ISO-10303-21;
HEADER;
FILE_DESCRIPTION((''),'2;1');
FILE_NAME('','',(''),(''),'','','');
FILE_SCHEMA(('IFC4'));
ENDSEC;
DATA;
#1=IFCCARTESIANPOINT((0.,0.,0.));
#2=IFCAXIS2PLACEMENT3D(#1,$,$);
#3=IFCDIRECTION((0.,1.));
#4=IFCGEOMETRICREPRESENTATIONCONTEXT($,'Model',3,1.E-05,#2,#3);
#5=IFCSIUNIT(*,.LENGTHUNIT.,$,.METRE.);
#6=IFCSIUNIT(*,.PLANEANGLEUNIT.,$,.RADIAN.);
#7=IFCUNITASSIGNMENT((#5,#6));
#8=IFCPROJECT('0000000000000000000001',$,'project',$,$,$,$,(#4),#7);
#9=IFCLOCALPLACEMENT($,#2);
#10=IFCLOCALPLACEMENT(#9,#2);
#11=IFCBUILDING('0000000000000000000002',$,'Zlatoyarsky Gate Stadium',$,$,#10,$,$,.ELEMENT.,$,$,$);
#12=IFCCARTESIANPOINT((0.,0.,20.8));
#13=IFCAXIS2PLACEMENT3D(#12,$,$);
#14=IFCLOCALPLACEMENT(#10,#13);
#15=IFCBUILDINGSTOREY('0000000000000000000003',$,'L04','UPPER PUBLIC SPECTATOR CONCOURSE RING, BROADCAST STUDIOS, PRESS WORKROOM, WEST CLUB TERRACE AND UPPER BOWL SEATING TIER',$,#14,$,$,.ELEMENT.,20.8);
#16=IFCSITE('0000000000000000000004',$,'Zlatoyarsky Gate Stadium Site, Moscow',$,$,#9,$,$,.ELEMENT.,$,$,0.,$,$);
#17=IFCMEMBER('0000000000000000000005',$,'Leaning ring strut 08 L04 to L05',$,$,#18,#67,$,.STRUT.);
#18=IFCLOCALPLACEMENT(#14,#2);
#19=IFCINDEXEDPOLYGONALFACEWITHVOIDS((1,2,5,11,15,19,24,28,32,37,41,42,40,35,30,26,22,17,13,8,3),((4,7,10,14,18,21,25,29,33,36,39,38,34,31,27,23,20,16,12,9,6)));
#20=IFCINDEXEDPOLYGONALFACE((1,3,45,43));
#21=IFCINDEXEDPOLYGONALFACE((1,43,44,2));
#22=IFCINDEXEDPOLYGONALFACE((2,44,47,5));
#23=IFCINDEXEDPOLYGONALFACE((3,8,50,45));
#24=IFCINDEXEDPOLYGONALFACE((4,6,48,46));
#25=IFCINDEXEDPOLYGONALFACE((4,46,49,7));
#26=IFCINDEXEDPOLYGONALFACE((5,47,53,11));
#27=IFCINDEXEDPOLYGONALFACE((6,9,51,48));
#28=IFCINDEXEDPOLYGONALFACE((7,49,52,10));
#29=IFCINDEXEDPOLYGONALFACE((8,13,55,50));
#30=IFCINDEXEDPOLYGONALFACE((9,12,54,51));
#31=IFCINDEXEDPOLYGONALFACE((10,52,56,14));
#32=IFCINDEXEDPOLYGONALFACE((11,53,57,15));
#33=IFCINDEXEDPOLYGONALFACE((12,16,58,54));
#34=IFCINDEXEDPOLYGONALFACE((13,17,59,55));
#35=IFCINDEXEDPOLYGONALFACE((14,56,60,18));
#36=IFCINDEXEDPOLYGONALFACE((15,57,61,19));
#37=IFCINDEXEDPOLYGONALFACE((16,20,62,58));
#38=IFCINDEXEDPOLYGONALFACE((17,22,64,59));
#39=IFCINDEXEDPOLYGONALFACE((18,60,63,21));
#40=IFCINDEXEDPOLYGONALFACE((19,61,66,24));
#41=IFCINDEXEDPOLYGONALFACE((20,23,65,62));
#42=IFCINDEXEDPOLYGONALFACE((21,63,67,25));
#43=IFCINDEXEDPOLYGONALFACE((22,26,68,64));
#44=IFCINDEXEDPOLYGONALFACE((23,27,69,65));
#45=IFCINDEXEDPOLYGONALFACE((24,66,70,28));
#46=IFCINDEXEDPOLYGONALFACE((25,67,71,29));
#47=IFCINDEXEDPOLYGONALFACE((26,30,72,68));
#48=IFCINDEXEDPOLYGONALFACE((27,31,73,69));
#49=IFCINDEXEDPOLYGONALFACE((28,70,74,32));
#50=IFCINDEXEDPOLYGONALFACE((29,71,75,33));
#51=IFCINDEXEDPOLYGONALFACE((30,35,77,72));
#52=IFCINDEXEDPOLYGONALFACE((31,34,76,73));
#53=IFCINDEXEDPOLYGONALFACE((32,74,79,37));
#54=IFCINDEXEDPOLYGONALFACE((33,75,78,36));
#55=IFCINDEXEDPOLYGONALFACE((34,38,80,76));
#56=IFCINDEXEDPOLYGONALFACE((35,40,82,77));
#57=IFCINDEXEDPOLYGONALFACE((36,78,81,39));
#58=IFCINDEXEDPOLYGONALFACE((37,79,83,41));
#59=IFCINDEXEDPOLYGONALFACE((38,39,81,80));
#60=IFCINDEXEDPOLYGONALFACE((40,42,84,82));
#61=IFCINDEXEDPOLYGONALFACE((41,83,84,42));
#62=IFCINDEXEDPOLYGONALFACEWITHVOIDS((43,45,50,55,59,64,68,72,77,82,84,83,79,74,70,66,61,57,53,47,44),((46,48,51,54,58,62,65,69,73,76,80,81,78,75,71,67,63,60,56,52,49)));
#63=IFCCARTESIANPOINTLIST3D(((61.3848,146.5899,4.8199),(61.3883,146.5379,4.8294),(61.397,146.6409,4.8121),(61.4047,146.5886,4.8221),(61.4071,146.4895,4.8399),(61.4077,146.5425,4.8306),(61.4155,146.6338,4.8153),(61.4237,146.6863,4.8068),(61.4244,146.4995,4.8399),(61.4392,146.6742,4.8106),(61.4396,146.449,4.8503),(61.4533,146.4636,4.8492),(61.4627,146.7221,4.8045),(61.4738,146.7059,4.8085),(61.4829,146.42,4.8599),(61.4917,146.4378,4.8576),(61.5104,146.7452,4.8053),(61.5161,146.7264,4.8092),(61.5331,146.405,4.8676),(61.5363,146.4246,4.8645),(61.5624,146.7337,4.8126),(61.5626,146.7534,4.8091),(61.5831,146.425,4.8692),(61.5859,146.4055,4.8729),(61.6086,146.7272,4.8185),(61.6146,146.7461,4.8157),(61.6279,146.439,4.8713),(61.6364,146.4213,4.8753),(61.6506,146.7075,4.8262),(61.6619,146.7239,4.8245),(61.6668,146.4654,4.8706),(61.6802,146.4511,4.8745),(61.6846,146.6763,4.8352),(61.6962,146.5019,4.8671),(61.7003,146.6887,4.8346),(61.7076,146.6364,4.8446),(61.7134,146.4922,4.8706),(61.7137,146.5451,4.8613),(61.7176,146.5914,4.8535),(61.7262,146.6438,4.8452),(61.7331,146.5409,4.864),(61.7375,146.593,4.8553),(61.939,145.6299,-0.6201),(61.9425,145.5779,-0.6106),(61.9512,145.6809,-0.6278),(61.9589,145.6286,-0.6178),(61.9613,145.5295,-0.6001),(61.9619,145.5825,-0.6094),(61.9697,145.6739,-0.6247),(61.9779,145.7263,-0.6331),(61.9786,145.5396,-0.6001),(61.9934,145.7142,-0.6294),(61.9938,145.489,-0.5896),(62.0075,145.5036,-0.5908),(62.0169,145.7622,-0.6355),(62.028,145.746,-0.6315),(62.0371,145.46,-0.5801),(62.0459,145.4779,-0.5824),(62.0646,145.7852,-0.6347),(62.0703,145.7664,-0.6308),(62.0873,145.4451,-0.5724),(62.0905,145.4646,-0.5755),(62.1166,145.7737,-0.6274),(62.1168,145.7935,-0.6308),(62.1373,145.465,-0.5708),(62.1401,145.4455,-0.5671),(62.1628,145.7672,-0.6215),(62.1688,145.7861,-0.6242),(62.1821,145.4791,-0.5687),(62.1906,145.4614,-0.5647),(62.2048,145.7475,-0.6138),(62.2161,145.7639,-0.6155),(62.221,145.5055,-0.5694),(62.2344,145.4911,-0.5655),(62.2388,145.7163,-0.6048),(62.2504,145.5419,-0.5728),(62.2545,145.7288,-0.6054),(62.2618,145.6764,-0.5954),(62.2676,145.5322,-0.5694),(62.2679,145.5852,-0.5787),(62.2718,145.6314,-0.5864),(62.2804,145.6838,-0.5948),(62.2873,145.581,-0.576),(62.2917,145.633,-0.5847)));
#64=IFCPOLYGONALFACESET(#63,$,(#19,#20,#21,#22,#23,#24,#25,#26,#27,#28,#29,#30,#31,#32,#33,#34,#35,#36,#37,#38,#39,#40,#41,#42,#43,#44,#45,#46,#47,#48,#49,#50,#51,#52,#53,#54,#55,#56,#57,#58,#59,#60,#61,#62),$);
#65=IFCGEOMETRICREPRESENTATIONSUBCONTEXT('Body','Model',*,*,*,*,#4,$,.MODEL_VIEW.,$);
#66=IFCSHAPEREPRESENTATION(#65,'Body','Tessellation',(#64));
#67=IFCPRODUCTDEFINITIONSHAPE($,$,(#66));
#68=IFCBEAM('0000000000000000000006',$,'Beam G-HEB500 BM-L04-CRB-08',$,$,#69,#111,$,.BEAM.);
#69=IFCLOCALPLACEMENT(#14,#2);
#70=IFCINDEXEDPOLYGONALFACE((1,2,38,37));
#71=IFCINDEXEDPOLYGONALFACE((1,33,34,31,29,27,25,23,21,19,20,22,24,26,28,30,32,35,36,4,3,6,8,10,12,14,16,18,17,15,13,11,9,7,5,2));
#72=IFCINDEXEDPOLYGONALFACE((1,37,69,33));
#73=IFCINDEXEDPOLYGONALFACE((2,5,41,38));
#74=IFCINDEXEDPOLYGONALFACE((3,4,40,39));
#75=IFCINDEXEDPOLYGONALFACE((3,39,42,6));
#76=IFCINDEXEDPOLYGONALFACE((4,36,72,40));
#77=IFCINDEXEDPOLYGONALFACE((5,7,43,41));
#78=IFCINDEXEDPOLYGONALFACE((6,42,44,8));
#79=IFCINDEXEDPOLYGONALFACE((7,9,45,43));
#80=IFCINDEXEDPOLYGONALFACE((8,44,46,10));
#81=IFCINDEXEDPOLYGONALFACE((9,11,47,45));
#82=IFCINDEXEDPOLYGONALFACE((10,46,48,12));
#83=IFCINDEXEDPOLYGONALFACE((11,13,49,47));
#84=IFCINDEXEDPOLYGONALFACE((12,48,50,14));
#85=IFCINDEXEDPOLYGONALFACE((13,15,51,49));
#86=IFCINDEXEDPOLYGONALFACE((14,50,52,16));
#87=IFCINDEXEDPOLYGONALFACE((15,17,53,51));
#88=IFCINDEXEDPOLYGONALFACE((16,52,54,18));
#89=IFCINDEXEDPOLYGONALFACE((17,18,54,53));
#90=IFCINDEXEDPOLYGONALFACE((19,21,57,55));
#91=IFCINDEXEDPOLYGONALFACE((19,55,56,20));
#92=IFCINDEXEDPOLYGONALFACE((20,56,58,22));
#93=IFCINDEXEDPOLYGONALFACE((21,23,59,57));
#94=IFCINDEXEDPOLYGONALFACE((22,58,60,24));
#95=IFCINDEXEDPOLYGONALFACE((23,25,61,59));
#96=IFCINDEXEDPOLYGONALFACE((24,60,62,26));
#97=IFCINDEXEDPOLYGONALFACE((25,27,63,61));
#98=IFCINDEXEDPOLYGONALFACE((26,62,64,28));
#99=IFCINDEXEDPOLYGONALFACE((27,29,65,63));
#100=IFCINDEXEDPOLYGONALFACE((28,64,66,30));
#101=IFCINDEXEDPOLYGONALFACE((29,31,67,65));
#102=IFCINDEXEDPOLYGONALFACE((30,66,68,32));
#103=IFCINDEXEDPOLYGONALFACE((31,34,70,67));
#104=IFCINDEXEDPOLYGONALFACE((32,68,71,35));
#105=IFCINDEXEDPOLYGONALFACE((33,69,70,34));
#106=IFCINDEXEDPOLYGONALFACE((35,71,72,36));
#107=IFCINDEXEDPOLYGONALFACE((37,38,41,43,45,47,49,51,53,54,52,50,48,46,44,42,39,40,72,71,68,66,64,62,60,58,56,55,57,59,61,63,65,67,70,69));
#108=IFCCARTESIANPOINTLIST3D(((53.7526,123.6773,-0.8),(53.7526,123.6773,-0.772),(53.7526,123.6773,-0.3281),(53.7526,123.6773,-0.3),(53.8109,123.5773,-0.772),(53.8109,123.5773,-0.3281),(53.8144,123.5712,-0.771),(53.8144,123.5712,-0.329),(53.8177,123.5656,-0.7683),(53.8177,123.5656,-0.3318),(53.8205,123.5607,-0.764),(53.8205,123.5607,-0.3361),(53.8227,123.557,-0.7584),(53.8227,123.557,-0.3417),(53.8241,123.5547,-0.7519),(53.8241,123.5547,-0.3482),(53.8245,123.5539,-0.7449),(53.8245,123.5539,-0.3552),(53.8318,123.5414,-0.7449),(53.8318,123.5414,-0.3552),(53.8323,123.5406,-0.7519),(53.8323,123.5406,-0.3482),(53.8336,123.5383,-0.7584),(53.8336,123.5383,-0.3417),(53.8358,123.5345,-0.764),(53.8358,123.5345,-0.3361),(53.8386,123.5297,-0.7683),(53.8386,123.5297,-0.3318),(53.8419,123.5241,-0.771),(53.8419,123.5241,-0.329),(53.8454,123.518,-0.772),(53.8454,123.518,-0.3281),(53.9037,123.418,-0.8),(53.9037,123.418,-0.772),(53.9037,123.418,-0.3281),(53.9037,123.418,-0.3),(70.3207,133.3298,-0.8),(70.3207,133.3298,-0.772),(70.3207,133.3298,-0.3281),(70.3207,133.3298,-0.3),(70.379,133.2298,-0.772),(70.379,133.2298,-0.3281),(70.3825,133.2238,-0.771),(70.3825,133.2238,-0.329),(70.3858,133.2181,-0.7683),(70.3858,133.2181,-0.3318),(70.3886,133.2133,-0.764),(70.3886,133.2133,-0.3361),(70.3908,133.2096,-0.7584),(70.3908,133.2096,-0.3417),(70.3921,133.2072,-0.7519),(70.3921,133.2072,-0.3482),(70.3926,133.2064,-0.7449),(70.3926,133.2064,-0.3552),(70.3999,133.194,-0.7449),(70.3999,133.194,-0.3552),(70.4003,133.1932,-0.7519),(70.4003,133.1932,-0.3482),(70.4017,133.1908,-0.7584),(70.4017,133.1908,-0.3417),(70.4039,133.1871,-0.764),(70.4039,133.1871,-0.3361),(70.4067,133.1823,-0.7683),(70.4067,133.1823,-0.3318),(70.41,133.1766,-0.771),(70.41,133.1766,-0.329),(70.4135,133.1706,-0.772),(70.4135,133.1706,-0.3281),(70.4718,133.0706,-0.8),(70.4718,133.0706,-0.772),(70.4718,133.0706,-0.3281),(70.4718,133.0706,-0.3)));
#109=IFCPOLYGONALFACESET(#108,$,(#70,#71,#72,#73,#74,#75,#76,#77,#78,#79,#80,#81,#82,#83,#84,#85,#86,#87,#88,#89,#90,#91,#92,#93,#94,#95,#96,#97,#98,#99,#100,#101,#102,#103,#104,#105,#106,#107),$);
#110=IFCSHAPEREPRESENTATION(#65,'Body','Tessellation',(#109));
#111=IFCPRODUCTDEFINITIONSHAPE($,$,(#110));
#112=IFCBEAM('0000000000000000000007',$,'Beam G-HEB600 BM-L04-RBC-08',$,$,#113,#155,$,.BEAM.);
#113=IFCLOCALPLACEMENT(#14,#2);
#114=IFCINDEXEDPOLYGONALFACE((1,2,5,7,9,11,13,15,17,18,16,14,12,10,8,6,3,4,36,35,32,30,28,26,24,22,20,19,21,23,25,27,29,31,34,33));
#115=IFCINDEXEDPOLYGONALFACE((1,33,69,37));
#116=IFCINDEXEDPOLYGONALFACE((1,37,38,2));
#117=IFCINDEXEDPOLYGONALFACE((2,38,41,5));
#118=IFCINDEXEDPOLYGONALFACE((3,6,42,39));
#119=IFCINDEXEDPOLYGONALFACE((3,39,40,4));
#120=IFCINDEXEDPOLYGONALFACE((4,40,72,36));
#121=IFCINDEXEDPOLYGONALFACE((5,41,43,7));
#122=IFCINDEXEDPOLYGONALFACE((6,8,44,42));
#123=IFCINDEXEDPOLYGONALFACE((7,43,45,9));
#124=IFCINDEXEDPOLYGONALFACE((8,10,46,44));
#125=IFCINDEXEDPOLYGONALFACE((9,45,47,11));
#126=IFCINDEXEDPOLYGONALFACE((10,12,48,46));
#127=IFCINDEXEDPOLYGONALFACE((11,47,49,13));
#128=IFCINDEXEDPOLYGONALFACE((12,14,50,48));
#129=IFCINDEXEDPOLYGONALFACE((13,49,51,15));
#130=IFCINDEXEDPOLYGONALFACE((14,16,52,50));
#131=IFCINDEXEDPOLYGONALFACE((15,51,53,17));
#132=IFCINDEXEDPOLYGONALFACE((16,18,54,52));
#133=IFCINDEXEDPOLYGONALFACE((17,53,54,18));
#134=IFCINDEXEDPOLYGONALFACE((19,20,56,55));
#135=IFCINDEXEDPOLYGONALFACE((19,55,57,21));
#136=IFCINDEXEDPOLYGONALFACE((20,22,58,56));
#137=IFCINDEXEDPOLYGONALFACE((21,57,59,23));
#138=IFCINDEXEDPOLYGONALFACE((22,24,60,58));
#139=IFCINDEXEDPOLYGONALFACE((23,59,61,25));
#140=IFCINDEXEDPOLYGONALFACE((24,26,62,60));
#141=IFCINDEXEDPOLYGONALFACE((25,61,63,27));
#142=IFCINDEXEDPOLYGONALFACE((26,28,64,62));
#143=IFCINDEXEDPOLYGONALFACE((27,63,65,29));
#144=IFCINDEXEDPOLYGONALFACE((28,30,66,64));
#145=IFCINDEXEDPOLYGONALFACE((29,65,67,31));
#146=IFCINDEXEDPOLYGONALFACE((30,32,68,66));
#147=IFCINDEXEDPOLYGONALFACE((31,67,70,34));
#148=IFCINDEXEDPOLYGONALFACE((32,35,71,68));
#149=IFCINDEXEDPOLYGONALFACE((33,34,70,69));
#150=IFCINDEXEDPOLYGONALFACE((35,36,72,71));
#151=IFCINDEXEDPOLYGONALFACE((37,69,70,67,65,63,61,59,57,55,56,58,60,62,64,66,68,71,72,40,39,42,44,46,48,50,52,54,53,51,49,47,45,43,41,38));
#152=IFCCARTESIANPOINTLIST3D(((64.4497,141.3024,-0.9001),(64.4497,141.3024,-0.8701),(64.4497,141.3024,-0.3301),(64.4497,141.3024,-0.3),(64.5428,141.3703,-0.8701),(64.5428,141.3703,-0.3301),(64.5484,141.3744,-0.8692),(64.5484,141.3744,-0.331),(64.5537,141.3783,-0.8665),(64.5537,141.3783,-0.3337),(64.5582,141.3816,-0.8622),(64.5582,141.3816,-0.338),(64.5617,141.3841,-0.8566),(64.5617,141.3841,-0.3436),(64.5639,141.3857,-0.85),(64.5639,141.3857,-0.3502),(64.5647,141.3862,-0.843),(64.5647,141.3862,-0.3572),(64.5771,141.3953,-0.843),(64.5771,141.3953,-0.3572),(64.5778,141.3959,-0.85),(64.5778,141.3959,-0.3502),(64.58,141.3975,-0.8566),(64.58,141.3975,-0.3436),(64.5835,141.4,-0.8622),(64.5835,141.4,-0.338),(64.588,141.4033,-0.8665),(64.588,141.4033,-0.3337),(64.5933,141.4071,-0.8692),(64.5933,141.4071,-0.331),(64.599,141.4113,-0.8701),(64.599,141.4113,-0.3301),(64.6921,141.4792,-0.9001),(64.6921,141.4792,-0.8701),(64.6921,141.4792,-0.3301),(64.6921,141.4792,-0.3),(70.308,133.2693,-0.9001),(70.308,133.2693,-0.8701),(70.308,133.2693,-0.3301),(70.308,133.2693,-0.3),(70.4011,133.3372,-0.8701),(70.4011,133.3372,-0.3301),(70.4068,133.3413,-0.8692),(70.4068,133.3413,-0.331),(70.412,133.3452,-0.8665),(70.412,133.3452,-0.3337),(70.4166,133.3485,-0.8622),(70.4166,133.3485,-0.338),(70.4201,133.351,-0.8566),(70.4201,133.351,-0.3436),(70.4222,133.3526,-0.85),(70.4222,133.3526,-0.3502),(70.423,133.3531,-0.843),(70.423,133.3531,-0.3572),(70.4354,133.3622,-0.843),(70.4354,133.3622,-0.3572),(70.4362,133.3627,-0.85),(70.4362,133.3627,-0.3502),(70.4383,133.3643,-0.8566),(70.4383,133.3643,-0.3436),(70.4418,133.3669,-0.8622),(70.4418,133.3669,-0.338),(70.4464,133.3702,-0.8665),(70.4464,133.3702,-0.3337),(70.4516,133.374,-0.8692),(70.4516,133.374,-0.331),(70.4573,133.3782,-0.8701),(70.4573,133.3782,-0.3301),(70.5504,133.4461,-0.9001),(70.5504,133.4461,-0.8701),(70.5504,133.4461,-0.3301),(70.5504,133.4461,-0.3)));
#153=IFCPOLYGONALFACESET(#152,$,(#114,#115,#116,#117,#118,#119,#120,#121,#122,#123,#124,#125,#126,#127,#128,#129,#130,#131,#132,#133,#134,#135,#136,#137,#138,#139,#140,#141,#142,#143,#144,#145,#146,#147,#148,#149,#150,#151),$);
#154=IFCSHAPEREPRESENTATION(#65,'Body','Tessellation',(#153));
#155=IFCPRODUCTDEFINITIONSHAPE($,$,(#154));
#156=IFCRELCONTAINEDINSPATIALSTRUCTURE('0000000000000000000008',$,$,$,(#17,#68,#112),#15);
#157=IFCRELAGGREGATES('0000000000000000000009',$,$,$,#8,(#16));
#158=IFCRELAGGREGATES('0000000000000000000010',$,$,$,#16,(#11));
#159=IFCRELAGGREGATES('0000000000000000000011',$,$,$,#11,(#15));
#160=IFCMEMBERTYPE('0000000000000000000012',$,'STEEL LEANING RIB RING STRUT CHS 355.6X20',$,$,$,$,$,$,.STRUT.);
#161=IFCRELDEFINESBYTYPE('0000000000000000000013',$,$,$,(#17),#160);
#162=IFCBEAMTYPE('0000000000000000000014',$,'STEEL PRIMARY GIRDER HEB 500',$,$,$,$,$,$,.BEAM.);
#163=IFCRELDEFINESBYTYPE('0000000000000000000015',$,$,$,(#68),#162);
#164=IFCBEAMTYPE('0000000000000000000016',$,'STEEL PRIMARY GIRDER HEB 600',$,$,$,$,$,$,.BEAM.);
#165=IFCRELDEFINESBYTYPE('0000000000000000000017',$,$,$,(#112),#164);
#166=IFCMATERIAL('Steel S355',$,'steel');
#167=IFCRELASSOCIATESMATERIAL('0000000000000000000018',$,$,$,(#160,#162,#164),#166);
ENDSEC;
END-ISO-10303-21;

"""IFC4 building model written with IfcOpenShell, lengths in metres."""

from ifc_helpers import new_model, si_unit, direction, frame, origin, origin_2d, place, context, subcontext, project, spatial, hollow_circle, i_section, extrude, material, material_profile, profile_set, type_object, element, save


model = new_model("IFC4")

# Units and contexts
model_context = context("Model", 3, precision=1e-05, world=origin(), true_north=direction((0.0, 1.0)))
body_context = subcontext(model_context, "Body", "Model", "MODEL_VIEW")
ifc_project = project(units=[si_unit("LENGTHUNIT", "METRE"), si_unit("PLANEANGLEUNIT", "RADIAN")], contexts=[model_context])

# Site, building, storey
site_placement = place(None, origin())
site = spatial("IfcSite", under=ifc_project, at=site_placement, Name="Zlatoyarsky Gate Stadium Site, Moscow", CompositionType="ELEMENT", RefElevation=0.0)
building_placement = place(site_placement, origin())
building = spatial("IfcBuilding", under=site, at=building_placement, Name="Zlatoyarsky Gate Stadium", CompositionType="ELEMENT")
storey_placement = place(building_placement, frame((0.0, 0.0, 20.8)))
storey = spatial("IfcBuildingStorey", under=building, at=storey_placement, Name="L04", Description="UPPER PUBLIC SPECTATOR CONCOURSE RING, BROADCAST STUDIOS, PRESS WORKROOM, WEST CLUB TERRACE AND UPPER BOWL SEATING TIER", CompositionType="ELEMENT", Elevation=20.8)

# Shared definitions
ifc_material_1 = material(Name="Steel S355", Category="steel")

# Member
ifc_material_profile_1 = material_profile(ifc_material_1, hollow_circle(Radius=0.1777, WallThickness=0.02, at=origin_2d()), Name="CHS 355.6X20")
ifc_profile_set_1 = profile_set([ifc_material_profile_1], Name="Steel S355")
member_type_1 = type_object("IfcMemberType", Name="STEEL LEANING RIB RING STRUT CHS 355.6X20", PredefinedType="STRUT", material=ifc_profile_set_1)
member_1_placement = place(storey_placement, frame((62.1152, 145.6184, -0.6001), z_axis=(-0.099825, 0.172912, 0.979865), x_axis=(-0.866039, -0.499977, 0.0)))
element("IfcMember", 1, at=member_1_placement, inside=storey, type_object=member_type_1, Name="Leaning ring strut 08 L04 to L05", PredefinedType="STRUT", context=body_context, shape_type="SweptSolid", body=[
    extrude(hollow_circle(Radius=0.1777, WallThickness=0.02, at=origin_2d()), origin(), (0.0, 0.0, 1.0), 5.5518),
])

# Beams
ifc_material_profile_2 = material_profile(ifc_material_1, i_section(OverallWidth=0.3, OverallDepth=0.5, WebThickness=0.0144, FlangeThickness=0.0281, FilletRadius=0.0271, at=origin_2d()), Name="HEB 500")
ifc_profile_set_2 = profile_set([ifc_material_profile_2], Name="Steel S355")
beam_type_1 = type_object("IfcBeamType", Name="STEEL PRIMARY GIRDER HEB 500", PredefinedType="BEAM", material=ifc_profile_set_2)
beam_1_placement = place(storey_placement, frame((70.3962, 133.2002, -0.55), z_axis=(-0.864054, -0.503398, 0.0), x_axis=(0.503398, -0.864054, 0.0)))
element("IfcBeam", 2, at=beam_1_placement, inside=storey, type_object=beam_type_1, Name="Beam G-HEB500 BM-L04-CRB-08", PredefinedType="BEAM", context=body_context, shape_type="SweptSolid", body=[
    extrude(i_section(OverallWidth=0.3, OverallDepth=0.5, WebThickness=0.0144, FlangeThickness=0.0281, FilletRadius=0.0271, at=origin_2d()), origin(), (0.0, 0.0, 1.0), 19.1748),
])
ifc_material_profile_3 = material_profile(ifc_material_1, i_section(OverallWidth=0.3, OverallDepth=0.6001, WebThickness=0.0154, FlangeThickness=0.03, FilletRadius=0.0271, at=origin_2d()), Name="HEB 600")
ifc_profile_set_3 = profile_set([ifc_material_profile_3], Name="Steel S355")
beam_type_2 = type_object("IfcBeamType", Name="STEEL PRIMARY GIRDER HEB 600", PredefinedType="BEAM", material=ifc_profile_set_3)
beam_2_placement = place(storey_placement, frame((70.4292, 133.3577, -0.6001), z_axis=(-0.589228, 0.807967, 0.0), x_axis=(-0.807967, -0.589228, 0.0)))
element("IfcBeam", 3, at=beam_2_placement, inside=storey, type_object=beam_type_2, Name="Beam G-HEB600 BM-L04-RBC-08", PredefinedType="BEAM", context=body_context, shape_type="SweptSolid", body=[
    extrude(i_section(OverallWidth=0.3, OverallDepth=0.6001, WebThickness=0.0154, FlangeThickness=0.03, FilletRadius=0.0271, at=origin_2d()), origin(), (0.0, 0.0, 1.0), 9.9424),
])

save(model, "model.ifc")
